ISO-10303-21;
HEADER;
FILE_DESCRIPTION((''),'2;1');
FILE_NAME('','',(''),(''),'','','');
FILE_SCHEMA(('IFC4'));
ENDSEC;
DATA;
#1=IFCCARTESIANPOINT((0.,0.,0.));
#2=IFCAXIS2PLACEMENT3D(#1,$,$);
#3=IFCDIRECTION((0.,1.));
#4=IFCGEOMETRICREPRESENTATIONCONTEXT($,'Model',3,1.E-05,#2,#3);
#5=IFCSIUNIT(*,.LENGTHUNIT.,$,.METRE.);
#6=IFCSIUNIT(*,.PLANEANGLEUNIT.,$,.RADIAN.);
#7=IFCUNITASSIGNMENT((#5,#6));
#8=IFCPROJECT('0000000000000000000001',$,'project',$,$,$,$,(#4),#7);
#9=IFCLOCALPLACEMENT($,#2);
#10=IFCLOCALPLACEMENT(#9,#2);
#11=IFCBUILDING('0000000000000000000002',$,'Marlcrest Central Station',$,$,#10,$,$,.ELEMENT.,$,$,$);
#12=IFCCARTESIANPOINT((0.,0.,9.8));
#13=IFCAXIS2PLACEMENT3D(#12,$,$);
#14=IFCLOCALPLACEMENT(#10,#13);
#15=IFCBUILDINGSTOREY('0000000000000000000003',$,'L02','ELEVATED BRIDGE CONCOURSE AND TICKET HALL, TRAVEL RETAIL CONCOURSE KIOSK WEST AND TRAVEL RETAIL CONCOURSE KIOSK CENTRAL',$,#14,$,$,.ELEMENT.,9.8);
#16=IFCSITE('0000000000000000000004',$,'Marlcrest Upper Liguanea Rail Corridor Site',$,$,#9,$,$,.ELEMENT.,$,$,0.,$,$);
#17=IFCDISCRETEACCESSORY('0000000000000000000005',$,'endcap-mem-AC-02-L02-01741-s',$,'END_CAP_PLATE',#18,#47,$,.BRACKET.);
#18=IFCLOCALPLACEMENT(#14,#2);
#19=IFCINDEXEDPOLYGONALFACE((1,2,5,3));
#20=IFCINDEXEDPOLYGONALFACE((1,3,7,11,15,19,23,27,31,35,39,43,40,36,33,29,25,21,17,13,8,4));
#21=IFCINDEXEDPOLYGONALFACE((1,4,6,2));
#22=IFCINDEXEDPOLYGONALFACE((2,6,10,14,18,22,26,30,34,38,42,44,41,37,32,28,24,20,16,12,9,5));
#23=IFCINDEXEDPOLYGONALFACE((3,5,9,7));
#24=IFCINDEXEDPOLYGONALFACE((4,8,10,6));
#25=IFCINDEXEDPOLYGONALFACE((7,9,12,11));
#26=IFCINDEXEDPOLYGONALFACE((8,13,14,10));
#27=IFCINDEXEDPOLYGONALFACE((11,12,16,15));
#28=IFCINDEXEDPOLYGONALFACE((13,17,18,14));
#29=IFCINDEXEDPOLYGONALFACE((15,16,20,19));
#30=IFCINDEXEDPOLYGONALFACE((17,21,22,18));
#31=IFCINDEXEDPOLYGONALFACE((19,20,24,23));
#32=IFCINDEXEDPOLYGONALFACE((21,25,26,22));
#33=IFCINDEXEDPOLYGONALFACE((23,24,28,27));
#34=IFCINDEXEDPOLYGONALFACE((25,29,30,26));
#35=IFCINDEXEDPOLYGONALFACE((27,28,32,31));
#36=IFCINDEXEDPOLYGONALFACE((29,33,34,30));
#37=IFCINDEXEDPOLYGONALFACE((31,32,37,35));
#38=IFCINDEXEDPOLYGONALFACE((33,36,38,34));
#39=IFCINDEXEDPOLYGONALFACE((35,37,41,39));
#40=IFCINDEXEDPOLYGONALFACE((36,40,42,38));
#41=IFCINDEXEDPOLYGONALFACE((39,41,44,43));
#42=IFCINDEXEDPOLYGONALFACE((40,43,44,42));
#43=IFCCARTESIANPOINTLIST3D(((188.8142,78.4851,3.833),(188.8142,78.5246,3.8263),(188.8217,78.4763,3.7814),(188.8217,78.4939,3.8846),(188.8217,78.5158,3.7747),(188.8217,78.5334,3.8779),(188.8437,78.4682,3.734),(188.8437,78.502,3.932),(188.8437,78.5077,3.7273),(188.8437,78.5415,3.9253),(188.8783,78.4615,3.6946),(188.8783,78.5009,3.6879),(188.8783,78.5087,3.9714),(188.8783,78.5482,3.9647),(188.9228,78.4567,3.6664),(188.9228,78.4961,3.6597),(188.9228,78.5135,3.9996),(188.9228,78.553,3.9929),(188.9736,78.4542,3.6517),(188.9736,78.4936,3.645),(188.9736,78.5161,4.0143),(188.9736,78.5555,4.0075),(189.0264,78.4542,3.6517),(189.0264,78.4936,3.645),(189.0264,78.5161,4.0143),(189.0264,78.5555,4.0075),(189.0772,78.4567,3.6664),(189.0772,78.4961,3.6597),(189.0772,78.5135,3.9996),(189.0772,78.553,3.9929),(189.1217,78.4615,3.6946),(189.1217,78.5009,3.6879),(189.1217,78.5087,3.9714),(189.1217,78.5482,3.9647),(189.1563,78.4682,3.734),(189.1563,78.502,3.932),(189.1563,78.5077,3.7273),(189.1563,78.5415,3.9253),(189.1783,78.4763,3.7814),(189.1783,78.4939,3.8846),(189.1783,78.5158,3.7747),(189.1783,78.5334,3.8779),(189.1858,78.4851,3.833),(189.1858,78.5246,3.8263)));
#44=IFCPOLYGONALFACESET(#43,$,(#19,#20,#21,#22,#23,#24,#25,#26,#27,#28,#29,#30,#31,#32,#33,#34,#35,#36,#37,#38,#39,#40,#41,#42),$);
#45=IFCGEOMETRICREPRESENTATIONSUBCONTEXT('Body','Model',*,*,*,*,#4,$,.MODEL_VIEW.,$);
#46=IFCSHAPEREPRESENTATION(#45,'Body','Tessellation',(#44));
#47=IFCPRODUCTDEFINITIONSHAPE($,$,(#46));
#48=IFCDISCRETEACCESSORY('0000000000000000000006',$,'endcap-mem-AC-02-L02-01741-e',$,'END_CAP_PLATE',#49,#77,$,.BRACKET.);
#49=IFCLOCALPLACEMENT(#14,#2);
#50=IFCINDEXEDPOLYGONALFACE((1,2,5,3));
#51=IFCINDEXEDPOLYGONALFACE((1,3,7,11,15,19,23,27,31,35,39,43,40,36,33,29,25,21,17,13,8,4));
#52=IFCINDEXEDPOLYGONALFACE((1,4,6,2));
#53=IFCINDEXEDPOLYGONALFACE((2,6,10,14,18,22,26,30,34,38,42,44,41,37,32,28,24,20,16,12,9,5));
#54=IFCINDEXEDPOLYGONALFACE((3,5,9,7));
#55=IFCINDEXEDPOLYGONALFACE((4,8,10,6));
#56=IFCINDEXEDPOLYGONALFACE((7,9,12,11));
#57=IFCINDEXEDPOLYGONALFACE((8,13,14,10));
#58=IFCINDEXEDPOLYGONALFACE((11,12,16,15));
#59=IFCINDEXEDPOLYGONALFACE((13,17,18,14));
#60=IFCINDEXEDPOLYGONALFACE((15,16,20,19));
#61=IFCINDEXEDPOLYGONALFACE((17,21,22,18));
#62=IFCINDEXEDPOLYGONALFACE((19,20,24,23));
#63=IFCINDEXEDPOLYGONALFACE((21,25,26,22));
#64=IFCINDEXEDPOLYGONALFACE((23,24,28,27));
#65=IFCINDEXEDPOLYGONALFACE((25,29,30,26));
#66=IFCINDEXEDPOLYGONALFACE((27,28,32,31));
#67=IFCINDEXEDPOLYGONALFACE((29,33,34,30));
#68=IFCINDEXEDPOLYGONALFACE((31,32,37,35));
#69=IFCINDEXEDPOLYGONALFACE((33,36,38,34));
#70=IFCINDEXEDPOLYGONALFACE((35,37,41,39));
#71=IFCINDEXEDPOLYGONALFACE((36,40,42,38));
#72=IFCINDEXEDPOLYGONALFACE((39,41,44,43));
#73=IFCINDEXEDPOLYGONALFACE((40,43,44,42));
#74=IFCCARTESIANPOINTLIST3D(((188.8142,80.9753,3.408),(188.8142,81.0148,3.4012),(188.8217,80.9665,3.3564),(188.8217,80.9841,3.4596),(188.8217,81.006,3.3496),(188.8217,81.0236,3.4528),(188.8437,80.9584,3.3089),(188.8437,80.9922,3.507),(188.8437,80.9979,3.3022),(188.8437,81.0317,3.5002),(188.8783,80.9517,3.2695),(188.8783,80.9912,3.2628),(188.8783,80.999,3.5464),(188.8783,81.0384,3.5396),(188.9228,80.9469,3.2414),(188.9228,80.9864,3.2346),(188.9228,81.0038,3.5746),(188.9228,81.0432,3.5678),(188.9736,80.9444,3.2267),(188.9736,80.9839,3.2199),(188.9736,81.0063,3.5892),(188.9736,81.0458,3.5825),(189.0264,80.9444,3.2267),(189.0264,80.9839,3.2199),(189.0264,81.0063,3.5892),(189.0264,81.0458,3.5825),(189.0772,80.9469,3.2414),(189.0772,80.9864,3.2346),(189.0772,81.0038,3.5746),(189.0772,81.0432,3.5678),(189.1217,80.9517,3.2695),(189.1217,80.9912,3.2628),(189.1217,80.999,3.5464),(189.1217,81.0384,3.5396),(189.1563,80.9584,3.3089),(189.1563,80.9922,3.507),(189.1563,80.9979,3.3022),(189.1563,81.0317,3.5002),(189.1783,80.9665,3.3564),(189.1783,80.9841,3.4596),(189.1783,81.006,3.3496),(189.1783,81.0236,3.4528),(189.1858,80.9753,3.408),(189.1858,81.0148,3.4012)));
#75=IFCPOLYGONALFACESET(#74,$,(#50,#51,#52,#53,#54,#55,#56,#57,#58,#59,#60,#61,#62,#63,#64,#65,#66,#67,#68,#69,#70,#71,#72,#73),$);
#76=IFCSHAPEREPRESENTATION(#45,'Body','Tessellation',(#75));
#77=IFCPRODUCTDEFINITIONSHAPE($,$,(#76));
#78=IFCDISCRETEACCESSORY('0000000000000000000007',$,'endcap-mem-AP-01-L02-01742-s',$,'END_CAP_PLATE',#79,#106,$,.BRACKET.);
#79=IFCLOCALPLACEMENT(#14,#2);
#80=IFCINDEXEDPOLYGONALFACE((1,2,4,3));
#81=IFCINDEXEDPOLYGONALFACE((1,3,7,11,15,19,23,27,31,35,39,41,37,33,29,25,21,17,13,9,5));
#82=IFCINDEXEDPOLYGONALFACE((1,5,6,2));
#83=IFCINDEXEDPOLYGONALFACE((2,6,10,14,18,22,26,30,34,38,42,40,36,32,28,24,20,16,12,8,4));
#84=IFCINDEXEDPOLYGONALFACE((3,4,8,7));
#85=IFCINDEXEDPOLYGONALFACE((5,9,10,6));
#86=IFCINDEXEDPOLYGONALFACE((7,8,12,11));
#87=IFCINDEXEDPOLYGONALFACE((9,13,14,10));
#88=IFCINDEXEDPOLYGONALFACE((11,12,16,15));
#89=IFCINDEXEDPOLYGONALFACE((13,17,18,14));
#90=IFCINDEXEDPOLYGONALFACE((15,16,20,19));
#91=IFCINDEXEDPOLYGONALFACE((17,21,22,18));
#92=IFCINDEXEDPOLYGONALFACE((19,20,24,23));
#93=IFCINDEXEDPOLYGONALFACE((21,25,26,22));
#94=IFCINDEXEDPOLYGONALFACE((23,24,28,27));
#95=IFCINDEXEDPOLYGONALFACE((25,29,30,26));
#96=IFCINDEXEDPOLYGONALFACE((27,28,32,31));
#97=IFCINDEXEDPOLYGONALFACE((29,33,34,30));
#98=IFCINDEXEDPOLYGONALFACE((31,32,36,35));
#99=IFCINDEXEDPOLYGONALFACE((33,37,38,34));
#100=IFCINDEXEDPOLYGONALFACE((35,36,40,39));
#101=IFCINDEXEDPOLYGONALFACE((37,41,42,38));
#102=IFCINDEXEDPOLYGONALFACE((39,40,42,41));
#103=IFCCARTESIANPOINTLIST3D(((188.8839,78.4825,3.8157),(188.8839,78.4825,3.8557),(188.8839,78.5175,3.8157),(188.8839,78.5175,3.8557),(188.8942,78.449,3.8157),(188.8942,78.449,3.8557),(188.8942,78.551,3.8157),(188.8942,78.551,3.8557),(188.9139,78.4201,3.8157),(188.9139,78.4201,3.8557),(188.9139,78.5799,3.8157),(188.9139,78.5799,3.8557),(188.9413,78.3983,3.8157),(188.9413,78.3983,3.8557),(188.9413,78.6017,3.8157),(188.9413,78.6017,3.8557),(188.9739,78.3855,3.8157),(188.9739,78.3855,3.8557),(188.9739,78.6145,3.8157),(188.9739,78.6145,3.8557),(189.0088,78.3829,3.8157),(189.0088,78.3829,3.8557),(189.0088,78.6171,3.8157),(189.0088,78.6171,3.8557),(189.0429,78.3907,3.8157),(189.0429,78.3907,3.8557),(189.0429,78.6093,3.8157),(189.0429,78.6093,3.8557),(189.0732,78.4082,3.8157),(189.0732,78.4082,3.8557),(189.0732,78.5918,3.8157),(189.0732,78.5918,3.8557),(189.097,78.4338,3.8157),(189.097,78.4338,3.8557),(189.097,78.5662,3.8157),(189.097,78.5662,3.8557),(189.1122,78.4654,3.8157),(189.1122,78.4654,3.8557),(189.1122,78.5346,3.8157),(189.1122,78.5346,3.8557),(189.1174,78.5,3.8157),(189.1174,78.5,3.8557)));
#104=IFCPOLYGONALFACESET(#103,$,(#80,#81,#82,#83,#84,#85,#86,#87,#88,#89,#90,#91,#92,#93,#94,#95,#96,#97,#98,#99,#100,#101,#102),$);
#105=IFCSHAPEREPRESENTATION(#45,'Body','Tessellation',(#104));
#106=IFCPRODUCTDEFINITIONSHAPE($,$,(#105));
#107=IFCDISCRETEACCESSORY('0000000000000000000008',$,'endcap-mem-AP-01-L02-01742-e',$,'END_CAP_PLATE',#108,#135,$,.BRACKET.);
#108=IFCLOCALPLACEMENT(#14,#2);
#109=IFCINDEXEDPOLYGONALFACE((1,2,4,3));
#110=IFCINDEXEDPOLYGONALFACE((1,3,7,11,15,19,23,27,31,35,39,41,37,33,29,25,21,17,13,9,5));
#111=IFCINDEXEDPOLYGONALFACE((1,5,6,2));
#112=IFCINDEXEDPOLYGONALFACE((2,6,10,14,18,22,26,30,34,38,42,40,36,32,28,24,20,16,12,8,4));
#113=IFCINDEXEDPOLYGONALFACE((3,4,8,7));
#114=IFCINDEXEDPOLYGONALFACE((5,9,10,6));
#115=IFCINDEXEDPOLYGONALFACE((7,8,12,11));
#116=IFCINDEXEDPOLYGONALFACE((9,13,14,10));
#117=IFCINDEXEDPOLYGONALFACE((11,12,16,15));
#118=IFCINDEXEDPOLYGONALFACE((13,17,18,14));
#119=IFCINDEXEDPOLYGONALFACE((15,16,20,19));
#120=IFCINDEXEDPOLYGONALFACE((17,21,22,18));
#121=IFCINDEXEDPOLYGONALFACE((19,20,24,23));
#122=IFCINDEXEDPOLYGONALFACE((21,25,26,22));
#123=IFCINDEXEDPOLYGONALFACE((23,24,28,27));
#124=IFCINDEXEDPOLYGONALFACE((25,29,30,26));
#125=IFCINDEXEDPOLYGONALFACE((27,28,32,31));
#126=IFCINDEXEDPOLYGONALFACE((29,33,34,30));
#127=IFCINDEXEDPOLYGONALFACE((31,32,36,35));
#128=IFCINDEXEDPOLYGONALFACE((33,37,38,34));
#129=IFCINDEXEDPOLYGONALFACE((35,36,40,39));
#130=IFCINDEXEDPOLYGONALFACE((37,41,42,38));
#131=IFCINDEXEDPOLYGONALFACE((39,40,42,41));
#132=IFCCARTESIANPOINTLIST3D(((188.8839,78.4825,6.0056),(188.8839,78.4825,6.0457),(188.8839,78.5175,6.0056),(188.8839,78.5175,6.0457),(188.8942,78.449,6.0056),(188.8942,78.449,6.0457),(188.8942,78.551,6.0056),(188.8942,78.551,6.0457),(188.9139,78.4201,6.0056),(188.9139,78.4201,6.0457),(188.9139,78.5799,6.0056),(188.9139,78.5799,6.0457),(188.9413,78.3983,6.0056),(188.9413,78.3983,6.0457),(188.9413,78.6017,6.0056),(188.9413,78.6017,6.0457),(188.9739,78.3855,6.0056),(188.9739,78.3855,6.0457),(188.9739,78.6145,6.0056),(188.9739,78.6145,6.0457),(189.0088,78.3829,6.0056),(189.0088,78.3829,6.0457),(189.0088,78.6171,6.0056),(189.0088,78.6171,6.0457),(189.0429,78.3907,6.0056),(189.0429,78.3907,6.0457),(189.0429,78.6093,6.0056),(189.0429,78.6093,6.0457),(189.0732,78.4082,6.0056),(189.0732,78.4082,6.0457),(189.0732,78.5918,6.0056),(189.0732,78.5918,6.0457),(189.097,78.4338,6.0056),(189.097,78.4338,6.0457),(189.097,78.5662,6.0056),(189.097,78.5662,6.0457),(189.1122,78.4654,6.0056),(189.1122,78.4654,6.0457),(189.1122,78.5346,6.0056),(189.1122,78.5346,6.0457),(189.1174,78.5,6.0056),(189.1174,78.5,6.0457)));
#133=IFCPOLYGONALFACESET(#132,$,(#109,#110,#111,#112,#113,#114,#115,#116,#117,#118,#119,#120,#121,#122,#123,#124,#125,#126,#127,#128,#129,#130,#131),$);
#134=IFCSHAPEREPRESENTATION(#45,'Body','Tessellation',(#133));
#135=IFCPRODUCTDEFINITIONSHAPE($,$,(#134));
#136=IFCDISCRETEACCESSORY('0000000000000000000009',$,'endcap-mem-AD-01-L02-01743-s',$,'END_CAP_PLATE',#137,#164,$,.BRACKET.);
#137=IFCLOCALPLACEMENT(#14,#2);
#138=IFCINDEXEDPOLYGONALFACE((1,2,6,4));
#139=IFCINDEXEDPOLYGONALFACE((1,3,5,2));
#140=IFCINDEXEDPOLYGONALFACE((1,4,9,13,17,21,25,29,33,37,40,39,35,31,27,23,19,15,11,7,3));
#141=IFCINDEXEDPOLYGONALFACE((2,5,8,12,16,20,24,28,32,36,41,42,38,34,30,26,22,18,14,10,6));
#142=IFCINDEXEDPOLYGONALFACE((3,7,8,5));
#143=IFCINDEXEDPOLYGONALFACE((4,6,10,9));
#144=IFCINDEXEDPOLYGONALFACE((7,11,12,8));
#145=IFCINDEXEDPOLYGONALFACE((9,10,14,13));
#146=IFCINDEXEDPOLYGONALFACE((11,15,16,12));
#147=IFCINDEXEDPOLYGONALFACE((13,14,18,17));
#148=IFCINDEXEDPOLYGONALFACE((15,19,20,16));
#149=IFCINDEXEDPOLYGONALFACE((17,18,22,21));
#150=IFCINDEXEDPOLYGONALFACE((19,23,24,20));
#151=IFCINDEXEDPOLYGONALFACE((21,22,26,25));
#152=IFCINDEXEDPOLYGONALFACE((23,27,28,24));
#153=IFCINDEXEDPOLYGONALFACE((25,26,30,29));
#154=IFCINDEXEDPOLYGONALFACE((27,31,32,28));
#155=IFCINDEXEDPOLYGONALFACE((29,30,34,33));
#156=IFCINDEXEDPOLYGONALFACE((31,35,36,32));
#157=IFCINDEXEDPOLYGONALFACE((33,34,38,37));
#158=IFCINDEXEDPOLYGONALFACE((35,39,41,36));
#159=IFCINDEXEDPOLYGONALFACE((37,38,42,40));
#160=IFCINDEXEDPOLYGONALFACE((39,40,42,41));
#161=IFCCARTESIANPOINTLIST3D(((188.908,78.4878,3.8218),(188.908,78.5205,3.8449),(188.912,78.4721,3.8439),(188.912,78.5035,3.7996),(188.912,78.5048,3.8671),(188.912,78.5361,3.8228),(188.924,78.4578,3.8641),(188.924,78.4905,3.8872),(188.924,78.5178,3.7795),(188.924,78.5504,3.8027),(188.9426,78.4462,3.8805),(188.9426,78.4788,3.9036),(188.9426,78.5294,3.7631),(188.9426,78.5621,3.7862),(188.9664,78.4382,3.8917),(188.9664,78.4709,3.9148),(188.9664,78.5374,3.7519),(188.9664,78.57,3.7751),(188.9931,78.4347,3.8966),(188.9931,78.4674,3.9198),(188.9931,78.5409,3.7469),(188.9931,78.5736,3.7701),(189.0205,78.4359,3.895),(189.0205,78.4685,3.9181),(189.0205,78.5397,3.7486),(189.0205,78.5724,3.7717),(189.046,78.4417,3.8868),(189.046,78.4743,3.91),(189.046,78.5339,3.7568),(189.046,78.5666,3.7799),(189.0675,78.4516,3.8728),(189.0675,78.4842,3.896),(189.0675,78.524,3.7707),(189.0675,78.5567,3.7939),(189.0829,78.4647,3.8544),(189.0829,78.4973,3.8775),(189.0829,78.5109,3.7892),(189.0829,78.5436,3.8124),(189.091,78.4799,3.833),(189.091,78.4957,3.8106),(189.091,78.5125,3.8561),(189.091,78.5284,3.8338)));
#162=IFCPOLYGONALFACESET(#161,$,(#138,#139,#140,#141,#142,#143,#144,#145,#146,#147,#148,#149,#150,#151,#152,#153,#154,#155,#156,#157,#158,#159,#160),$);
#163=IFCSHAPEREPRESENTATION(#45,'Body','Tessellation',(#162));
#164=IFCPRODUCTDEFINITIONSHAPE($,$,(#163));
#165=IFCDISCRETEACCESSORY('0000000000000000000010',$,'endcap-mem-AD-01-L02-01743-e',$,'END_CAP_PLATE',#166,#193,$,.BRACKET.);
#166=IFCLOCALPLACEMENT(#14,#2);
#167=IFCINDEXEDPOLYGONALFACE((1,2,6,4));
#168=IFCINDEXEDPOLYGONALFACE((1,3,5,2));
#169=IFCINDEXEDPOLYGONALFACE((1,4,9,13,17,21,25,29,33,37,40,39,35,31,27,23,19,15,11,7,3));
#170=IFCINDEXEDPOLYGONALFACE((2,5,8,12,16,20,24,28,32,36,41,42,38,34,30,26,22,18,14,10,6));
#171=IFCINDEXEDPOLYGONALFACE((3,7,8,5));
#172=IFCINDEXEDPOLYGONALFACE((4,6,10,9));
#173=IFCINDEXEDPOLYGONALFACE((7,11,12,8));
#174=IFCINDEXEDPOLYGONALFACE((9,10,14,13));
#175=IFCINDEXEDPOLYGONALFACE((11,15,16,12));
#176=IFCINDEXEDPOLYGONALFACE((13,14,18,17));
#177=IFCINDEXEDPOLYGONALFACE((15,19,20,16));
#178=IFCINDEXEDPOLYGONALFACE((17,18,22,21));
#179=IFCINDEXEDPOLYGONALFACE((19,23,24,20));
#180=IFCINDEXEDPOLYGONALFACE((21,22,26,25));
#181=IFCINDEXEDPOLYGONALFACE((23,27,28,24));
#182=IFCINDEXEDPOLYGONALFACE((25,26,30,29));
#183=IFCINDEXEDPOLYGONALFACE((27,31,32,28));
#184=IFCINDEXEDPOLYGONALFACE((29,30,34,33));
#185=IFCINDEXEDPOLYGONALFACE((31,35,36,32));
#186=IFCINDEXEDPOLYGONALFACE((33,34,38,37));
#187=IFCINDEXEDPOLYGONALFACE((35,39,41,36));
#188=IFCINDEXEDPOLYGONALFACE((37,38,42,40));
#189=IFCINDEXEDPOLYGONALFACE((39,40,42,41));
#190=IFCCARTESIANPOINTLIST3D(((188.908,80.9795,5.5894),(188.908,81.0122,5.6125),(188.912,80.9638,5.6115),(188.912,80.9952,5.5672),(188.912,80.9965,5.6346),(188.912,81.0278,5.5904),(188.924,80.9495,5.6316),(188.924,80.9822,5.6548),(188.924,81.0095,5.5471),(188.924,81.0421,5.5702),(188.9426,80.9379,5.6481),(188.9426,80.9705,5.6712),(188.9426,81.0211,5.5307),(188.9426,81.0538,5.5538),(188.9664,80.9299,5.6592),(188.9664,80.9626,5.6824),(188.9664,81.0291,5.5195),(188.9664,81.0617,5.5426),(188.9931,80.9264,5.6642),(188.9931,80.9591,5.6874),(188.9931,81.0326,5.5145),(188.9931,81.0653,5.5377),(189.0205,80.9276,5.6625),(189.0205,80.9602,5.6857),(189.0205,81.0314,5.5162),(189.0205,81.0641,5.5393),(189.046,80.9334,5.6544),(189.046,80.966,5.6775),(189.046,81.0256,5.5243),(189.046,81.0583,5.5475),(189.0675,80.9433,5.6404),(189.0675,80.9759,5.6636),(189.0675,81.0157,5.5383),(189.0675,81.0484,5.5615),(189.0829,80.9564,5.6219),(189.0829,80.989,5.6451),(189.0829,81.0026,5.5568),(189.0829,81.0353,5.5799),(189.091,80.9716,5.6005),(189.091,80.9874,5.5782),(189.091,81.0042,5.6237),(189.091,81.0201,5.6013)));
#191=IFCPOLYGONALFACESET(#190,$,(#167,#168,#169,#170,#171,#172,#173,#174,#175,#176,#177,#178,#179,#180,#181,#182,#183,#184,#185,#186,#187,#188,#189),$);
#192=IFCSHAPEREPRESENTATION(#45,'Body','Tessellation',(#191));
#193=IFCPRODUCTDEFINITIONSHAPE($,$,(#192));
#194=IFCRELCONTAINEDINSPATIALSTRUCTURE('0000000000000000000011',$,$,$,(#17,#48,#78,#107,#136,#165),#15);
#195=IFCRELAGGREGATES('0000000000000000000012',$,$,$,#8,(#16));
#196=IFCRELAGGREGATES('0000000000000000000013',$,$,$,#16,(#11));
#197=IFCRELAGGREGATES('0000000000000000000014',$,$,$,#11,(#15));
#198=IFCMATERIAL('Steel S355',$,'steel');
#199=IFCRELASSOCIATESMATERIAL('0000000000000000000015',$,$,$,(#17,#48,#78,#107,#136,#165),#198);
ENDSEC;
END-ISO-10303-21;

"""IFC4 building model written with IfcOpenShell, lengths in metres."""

from ifc_helpers import new_model, si_unit, direction, frame, origin, origin_2d, place, context, subcontext, project, spatial, circle, extrude, material, element, save


model = new_model("IFC4")

# Units and contexts
model_context = context("Model", 3, precision=1e-05, world=origin(), true_north=direction((0.0, 1.0)))
body_context = subcontext(model_context, "Body", "Model", "MODEL_VIEW")
ifc_project = project(units=[si_unit("LENGTHUNIT", "METRE"), si_unit("PLANEANGLEUNIT", "RADIAN")], contexts=[model_context])

# Site, building, storey
site_placement = place(None, origin())
site = spatial("IfcSite", under=ifc_project, at=site_placement, Name="Marlcrest Upper Liguanea Rail Corridor Site", CompositionType="ELEMENT", RefElevation=0.0)
building_placement = place(site_placement, origin())
building = spatial("IfcBuilding", under=site, at=building_placement, Name="Marlcrest Central Station", CompositionType="ELEMENT")
storey_placement = place(building_placement, frame((0.0, 0.0, 9.8)))
storey = spatial("IfcBuildingStorey", under=building, at=storey_placement, Name="L02", Description="ELEVATED BRIDGE CONCOURSE AND TICKET HALL, TRAVEL RETAIL CONCOURSE KIOSK WEST AND TRAVEL RETAIL CONCOURSE KIOSK CENTRAL", CompositionType="ELEMENT", Elevation=9.8)

# Shared definitions
ifc_material_1 = material(Name="Steel S355", Category="steel")

# Discrete accessories
for number, where, z_axis, x_axis, name in (
    (1, (189.0, 78.4851, 3.833), (0.0, 0.985741, -0.168269), (-1.0, 0.0, 0.0), "endcap-mem-AC-02-L02-01741-s"),
    (2, (189.0, 80.9753, 3.408), (0.0, 0.985741, -0.168269), (-1.0, 0.0, 0.0), "endcap-mem-AC-02-L02-01741-e"),
):
    element("IfcDiscreteAccessory", number, at=place(storey_placement, frame(where, z_axis=z_axis, x_axis=x_axis)), inside=storey, material=ifc_material_1, Name=name, ObjectType="END_CAP_PLATE", PredefinedType="BRACKET", context=body_context, shape_type="SweptSolid", body=[
        extrude(circle(Radius=0.1858, at=origin_2d()), origin(), (0.0, 0.0, 1.0), 0.04),
    ])
for number, where, z_axis, x_axis, name in (
    (3, (189.0, 78.5, 3.8157), (0.0, 0.0, 1.0), (1.0, 0.0, 0.0), "endcap-mem-AP-01-L02-01742-s"),
    (4, (189.0, 78.5, 6.0056), (0.0, 0.0, 1.0), (1.0, 0.0, 0.0), "endcap-mem-AP-01-L02-01742-e"),
):
    element("IfcDiscreteAccessory", number, at=place(storey_placement, frame(where, z_axis=z_axis, x_axis=x_axis)), inside=storey, material=ifc_material_1, Name=name, ObjectType="END_CAP_PLATE", PredefinedType="BRACKET", context=body_context, shape_type="SweptSolid", body=[
        extrude(circle(Radius=0.1174, at=origin_2d()), origin(), (0.0, 0.0, 1.0), 0.04),
    ])
for number, where, z_axis, x_axis, name in (
    (5, (189.0, 78.4878, 3.8218), (0.0, 0.815661, 0.57853), (-1.0, 0.0, 0.0), "endcap-mem-AD-01-L02-01743-s"),
    (6, (189.0, 80.9795, 5.5894), (0.0, 0.815661, 0.57853), (-1.0, 0.0, 0.0), "endcap-mem-AD-01-L02-01743-e"),
):
    element("IfcDiscreteAccessory", number, at=place(storey_placement, frame(where, z_axis=z_axis, x_axis=x_axis)), inside=storey, material=ifc_material_1, Name=name, ObjectType="END_CAP_PLATE", PredefinedType="BRACKET", context=body_context, shape_type="SweptSolid", body=[
        extrude(circle(Radius=0.092, at=origin_2d()), origin(), (0.0, 0.0, 1.0), 0.04),
    ])

save(model, "model.ifc")
